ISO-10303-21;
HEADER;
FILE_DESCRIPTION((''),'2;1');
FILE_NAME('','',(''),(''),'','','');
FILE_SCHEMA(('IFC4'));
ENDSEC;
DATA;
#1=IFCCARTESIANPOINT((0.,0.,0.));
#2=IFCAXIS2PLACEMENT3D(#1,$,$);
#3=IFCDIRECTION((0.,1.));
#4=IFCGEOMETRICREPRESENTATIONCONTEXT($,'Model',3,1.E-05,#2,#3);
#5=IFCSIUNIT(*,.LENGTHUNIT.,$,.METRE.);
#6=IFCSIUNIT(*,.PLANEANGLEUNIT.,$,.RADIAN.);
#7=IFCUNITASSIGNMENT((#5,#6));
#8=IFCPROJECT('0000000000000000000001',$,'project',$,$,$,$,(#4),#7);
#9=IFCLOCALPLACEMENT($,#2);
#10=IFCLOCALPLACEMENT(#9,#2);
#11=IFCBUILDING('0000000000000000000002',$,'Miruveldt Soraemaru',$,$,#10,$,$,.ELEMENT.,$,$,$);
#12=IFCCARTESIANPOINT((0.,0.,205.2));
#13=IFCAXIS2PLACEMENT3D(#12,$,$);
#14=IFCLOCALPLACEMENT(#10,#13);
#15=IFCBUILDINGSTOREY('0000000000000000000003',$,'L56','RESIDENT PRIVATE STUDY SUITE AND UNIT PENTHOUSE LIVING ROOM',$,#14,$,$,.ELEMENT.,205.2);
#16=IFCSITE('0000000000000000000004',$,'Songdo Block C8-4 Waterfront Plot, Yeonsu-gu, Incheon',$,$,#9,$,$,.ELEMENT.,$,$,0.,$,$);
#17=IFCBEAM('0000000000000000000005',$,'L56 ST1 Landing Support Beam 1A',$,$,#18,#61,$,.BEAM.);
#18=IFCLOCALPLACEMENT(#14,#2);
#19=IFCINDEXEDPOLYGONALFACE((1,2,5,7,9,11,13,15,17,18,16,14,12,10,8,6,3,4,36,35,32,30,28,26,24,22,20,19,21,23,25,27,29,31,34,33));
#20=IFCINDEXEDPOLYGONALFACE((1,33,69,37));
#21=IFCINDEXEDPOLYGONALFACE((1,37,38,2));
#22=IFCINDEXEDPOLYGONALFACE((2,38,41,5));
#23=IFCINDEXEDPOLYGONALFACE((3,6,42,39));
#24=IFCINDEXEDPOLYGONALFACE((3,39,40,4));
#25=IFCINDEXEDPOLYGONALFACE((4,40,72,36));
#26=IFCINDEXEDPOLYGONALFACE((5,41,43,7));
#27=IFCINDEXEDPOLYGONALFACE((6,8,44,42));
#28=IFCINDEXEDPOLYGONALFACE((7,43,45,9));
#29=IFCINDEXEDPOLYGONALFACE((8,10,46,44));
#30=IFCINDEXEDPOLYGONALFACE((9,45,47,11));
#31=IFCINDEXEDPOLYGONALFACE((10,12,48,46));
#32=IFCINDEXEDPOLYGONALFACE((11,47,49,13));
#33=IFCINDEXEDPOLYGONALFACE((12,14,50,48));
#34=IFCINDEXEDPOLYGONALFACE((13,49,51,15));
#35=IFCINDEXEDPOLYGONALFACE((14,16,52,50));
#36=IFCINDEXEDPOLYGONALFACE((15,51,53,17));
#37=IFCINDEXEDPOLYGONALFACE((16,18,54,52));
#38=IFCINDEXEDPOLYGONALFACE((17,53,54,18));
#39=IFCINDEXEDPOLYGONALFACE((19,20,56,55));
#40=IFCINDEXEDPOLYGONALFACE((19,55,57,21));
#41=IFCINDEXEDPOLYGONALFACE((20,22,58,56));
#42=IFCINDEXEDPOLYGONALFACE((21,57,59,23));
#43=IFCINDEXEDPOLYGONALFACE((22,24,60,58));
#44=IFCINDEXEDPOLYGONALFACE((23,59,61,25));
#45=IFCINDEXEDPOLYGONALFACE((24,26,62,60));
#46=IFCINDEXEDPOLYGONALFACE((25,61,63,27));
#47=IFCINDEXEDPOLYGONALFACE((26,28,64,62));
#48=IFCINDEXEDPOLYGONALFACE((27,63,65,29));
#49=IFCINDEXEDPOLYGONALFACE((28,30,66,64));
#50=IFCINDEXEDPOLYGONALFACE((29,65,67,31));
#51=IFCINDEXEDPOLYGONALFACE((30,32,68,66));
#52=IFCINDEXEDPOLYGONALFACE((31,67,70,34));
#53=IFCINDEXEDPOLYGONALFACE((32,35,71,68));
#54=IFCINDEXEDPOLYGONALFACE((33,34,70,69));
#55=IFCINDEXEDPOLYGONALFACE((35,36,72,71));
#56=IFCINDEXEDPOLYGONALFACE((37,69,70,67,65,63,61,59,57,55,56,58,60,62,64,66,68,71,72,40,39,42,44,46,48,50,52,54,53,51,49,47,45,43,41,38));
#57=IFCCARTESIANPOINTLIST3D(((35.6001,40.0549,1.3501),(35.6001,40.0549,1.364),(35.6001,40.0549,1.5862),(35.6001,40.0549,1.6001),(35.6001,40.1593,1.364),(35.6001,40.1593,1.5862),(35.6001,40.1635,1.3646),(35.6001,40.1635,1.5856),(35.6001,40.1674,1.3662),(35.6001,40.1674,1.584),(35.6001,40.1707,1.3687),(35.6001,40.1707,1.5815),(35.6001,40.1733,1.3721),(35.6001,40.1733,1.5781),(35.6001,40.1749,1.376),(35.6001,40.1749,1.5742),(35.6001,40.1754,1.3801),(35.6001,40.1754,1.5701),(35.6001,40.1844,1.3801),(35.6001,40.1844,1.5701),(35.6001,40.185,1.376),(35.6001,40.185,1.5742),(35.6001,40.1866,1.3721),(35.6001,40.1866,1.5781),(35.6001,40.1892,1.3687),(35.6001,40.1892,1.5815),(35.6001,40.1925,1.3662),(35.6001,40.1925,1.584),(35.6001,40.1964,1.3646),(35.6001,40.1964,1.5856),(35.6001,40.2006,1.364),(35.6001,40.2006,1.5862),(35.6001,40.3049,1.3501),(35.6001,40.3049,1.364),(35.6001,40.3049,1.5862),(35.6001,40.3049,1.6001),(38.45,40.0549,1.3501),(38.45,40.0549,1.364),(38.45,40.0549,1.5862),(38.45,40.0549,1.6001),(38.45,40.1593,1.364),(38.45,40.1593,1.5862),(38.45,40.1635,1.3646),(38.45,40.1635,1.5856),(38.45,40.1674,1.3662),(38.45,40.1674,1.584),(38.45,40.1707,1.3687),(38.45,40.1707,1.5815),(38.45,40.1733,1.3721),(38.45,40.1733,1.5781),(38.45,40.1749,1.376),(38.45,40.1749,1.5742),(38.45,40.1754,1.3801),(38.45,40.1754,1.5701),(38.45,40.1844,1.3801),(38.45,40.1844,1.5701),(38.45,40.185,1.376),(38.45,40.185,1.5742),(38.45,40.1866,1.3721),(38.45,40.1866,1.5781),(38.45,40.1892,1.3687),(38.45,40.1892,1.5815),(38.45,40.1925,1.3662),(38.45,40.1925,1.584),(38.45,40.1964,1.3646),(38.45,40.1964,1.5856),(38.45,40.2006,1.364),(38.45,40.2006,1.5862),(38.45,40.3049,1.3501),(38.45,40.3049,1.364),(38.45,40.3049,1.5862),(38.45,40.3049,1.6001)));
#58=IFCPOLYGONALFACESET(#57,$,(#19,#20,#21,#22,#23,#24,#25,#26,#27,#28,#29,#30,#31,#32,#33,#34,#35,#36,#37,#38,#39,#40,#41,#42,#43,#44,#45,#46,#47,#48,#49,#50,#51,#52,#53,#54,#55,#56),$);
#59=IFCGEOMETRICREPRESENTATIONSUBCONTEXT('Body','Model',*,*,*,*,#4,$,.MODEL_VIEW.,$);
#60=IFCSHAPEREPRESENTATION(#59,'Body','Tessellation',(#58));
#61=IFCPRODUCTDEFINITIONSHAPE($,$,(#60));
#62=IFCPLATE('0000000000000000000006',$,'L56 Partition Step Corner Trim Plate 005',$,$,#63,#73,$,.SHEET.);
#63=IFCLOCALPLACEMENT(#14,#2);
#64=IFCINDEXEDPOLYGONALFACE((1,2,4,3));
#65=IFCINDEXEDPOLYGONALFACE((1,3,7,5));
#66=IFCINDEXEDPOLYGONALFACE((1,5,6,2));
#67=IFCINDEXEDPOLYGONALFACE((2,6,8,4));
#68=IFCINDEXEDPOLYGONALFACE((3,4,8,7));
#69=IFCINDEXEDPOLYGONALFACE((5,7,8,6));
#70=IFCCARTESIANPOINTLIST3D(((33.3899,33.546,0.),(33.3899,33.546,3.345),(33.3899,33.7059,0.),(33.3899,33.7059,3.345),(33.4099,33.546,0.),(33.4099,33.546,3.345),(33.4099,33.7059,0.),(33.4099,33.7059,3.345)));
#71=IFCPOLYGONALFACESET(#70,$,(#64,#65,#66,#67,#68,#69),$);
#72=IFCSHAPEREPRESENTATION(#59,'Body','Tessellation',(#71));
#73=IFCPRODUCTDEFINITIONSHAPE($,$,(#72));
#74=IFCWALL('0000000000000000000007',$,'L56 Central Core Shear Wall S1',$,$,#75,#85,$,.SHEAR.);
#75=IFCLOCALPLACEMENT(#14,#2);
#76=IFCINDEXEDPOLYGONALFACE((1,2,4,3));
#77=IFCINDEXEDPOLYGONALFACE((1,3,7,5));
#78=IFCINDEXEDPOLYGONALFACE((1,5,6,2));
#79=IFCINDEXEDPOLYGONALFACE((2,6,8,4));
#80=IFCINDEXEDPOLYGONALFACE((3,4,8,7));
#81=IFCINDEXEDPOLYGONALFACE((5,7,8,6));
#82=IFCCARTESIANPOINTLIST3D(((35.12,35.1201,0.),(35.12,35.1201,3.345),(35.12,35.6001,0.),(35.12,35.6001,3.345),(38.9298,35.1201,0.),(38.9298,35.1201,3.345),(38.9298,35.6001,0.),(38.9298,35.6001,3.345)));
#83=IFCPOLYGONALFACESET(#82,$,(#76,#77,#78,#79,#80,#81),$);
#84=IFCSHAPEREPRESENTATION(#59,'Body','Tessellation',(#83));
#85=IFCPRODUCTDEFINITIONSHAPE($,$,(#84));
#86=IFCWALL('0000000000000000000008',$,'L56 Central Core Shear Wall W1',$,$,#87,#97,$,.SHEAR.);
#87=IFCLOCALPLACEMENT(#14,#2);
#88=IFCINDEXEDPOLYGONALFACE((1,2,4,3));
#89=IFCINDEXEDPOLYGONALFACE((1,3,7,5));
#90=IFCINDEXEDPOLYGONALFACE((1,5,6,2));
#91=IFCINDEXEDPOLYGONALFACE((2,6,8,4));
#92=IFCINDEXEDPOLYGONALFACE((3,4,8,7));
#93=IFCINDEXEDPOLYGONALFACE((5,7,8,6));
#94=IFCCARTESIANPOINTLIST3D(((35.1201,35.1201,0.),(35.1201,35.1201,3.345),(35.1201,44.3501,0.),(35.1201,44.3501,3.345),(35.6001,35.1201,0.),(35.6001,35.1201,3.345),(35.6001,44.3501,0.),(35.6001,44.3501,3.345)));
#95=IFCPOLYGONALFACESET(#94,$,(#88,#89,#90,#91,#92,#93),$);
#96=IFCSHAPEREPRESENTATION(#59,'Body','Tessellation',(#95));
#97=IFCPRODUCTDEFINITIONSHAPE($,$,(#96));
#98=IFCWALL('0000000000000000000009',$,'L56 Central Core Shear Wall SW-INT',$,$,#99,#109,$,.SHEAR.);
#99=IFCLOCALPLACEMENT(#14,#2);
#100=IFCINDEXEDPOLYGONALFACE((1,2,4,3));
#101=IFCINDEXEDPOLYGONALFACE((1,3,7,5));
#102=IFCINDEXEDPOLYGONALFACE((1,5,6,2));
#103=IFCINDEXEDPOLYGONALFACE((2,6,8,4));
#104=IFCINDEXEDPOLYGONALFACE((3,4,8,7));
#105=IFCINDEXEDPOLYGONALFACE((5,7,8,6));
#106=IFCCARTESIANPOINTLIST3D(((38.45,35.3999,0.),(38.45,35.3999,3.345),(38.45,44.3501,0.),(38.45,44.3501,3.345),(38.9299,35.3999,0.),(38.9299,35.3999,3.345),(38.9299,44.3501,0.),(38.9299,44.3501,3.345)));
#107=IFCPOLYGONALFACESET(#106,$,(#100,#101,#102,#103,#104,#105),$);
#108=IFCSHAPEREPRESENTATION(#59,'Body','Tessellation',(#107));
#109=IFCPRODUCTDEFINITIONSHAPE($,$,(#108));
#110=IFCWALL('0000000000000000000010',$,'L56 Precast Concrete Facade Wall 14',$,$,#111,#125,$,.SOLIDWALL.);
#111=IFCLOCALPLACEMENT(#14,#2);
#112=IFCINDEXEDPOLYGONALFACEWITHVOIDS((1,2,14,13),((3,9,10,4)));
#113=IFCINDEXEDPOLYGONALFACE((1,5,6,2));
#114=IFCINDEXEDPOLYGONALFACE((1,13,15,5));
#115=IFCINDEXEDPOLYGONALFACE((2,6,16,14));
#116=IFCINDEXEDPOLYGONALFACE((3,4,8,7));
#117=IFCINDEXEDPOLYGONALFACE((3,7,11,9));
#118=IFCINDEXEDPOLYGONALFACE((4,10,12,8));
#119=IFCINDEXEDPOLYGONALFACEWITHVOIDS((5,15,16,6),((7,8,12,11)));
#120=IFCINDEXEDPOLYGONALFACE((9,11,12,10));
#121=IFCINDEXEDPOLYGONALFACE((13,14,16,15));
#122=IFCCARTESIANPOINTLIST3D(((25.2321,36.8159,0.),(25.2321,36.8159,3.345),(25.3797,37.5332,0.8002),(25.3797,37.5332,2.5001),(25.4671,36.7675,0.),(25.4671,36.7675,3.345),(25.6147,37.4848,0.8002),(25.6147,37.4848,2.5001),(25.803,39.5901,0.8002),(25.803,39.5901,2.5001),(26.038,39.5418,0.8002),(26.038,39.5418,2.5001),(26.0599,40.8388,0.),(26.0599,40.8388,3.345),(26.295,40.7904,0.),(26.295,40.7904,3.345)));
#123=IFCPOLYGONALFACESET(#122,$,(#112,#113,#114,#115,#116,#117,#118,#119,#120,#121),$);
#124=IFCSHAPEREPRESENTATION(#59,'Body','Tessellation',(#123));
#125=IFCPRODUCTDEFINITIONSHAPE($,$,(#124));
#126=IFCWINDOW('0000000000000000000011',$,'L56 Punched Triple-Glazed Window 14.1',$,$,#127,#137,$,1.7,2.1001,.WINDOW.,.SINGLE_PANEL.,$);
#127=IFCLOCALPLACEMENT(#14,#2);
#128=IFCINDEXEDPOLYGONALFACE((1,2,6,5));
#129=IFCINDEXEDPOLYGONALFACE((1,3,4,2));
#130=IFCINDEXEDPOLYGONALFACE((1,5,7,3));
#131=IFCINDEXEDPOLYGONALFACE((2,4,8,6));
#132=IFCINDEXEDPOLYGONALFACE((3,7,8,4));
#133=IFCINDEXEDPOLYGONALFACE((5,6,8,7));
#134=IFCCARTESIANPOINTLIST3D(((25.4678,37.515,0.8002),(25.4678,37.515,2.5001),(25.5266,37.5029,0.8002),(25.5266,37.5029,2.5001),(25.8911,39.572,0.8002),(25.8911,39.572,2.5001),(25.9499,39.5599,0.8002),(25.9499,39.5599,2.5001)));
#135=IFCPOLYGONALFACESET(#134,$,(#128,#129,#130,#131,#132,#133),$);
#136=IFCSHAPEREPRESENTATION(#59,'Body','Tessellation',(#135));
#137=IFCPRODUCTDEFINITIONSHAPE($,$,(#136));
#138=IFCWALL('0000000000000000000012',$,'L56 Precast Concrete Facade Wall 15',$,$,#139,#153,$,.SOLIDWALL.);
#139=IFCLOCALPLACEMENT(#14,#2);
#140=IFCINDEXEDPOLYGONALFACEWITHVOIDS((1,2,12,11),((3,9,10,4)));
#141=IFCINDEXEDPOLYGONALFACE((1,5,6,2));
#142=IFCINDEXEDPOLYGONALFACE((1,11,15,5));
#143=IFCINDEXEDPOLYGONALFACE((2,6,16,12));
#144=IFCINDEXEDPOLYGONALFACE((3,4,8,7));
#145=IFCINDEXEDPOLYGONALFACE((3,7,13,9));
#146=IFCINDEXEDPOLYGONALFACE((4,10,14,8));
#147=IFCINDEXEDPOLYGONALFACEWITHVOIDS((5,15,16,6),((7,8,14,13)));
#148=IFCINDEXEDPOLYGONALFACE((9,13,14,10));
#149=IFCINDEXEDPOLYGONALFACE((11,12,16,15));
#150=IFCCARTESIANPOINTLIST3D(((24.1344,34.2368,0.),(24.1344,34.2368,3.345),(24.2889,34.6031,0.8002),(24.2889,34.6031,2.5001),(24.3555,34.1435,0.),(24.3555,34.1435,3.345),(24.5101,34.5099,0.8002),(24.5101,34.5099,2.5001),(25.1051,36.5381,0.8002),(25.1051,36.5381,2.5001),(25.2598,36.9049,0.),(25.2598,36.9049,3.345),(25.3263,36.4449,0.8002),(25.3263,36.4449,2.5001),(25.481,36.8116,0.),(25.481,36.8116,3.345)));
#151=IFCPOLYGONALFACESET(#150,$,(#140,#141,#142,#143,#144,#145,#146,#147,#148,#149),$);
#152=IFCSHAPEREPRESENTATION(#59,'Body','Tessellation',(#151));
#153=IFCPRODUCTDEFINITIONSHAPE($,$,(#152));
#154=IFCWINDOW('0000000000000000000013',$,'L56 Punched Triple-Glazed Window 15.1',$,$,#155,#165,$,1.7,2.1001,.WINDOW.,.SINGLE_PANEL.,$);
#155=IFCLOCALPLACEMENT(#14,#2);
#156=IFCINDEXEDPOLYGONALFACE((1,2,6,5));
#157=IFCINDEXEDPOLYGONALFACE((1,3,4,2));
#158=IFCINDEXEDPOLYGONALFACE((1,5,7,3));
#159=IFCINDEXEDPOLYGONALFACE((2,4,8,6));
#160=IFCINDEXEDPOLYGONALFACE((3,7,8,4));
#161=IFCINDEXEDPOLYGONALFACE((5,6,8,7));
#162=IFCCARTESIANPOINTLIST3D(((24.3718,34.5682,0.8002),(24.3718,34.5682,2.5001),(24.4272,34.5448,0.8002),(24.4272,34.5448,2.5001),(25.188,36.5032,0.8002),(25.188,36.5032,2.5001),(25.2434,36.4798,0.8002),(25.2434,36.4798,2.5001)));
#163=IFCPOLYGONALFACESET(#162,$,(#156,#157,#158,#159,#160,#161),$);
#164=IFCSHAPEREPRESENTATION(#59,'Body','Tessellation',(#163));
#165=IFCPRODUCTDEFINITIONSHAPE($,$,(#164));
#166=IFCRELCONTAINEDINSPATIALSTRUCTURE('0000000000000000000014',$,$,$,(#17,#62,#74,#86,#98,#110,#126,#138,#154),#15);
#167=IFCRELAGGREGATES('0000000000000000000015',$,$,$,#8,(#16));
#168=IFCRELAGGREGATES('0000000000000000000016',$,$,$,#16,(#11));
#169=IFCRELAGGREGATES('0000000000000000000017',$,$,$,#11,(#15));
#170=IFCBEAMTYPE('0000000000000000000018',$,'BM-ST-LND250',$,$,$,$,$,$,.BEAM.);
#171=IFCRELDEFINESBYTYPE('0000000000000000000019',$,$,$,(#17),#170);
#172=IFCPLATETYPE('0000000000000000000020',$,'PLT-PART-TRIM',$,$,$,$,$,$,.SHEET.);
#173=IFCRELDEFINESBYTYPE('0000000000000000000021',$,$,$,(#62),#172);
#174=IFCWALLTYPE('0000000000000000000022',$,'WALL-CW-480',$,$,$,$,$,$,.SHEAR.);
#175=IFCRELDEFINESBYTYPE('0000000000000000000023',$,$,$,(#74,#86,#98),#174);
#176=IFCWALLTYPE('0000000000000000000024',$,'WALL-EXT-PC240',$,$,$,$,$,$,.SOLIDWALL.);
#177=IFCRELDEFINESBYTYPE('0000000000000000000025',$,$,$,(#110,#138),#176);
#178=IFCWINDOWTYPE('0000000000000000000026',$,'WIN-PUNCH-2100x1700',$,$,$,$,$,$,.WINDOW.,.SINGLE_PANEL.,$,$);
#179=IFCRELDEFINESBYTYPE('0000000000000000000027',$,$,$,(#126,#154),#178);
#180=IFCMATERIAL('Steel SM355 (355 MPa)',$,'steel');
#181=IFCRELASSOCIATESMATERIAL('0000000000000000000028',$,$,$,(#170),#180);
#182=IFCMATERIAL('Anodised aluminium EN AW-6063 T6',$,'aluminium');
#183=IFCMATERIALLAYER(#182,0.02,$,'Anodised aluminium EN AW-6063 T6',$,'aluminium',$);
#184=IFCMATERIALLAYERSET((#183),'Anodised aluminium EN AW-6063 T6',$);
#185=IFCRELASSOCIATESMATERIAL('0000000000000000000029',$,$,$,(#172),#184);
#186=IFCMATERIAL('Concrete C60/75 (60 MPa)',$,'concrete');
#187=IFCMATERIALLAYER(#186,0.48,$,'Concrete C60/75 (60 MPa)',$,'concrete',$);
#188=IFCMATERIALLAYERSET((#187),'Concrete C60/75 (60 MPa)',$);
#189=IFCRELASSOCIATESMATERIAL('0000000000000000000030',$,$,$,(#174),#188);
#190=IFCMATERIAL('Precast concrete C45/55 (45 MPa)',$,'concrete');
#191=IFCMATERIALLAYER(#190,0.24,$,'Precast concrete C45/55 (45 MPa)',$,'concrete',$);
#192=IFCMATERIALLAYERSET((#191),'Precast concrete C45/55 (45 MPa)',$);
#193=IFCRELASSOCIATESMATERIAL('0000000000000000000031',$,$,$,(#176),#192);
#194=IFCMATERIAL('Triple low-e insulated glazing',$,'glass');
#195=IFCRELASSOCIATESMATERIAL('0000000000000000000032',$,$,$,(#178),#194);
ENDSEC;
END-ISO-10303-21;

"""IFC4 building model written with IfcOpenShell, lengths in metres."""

from ifc_helpers import new_model, si_unit, direction, frame, frame_2d, origin, origin_2d, place, context, subcontext, project, spatial, rectangle, i_section, extrude, material, layer, layer_set, material_profile, profile_set, type_object, element, fill, save


model = new_model("IFC4")

# Units and contexts
model_context = context("Model", 3, precision=1e-05, world=origin(), true_north=direction((0.0, 1.0)))
body_context = subcontext(model_context, "Body", "Model", "MODEL_VIEW")
ifc_project = project(units=[si_unit("LENGTHUNIT", "METRE"), si_unit("PLANEANGLEUNIT", "RADIAN")], contexts=[model_context])

# Site, building, storey
site_placement = place(None, origin())
site = spatial("IfcSite", under=ifc_project, at=site_placement, Name="Songdo Block C8-4 Waterfront Plot, Yeonsu-gu, Incheon", CompositionType="ELEMENT", RefElevation=0.0)
building_placement = place(site_placement, origin())
building = spatial("IfcBuilding", under=site, at=building_placement, Name="Miruveldt Soraemaru", CompositionType="ELEMENT")
storey_placement = place(building_placement, frame((0.0, 0.0, 205.2)))
storey = spatial("IfcBuildingStorey", under=building, at=storey_placement, Name="L56", Description="RESIDENT PRIVATE STUDY SUITE AND UNIT PENTHOUSE LIVING ROOM", CompositionType="ELEMENT", Elevation=205.2)

# Shared definitions
ifc_material_1 = material(Name="Concrete C60/75 (60 MPa)", Category="concrete")

# Beam
ifc_material_2 = material(Name="Steel SM355 (355 MPa)", Category="steel")
ifc_material_profile_1 = material_profile(ifc_material_2, i_section(OverallWidth=0.25, OverallDepth=0.25, WebThickness=0.009, FlangeThickness=0.0139, FilletRadius=0.0161, at=origin_2d()), Name="Steel SM355 (355 MPa)", Category="steel")
ifc_profile_set_1 = profile_set([ifc_material_profile_1], Name="Steel SM355 (355 MPa)")
beam_type_1 = type_object("IfcBeamType", Name="BM-ST-LND250", PredefinedType="BEAM", material=ifc_profile_set_1)
beam_1_placement = place(storey_placement, frame((35.6001, 40.1799, 1.4751), z_axis=(1.0, 0.0, 0.0), x_axis=(0.0, 1.0, 0.0)))
element("IfcBeam", 1, at=beam_1_placement, inside=storey, type_object=beam_type_1, Name="L56 ST1 Landing Support Beam 1A", PredefinedType="BEAM", context=body_context, shape_type="SweptSolid", body=[
    extrude(i_section(OverallWidth=0.25, OverallDepth=0.25, WebThickness=0.009, FlangeThickness=0.0139, FilletRadius=0.0161, at=origin_2d()), origin(), (0.0, 0.0, 1.0), 2.8499),
])

# Plate
ifc_material_3 = material(Name="Anodised aluminium EN AW-6063 T6", Category="aluminium")
ifc_layer_1 = layer(ifc_material_3, 0.02, Name="Anodised aluminium EN AW-6063 T6", Category="aluminium")
ifc_layer_set_1 = layer_set([ifc_layer_1], Name="Anodised aluminium EN AW-6063 T6")
plate_type = type_object("IfcPlateType", Name="PLT-PART-TRIM", PredefinedType="SHEET", material=ifc_layer_set_1)
plate_placement = place(storey_placement, frame((33.3999, 33.626, 0.0), z_axis=(0.0, 0.0, 1.0), x_axis=(0.0, -1.0, 0.0)))
element("IfcPlate", 2, at=plate_placement, inside=storey, type_object=plate_type, Name="L56 Partition Step Corner Trim Plate 005", PredefinedType="SHEET", context=body_context, shape_type="SweptSolid", body=[
    extrude(rectangle(XDim=0.1599, YDim=0.02, at=origin_2d()), origin(), (0.0, 0.0, 1.0), 3.345),
])

# Walls
ifc_layer_2 = layer(ifc_material_1, 0.48, Name="Concrete C60/75 (60 MPa)", Category="concrete")
ifc_layer_set_2 = layer_set([ifc_layer_2], Name="Concrete C60/75 (60 MPa)")
wall_type_1 = type_object("IfcWallType", Name="WALL-CW-480", PredefinedType="SHEAR", material=ifc_layer_set_2)
wall_1_placement = place(storey_placement, frame((35.1201, 35.3601, 0.0), z_axis=(0.0, 0.0, 1.0), x_axis=(1.0, 0.0, 0.0)))
element("IfcWall", 3, at=wall_1_placement, inside=storey, type_object=wall_type_1, Name="L56 Central Core Shear Wall S1", PredefinedType="SHEAR", context=body_context, shape_type="SweptSolid", body=[
    extrude(rectangle(XDim=3.8098, YDim=0.48, at=frame_2d((1.9048, 0.0))), origin(), (0.0, 0.0, 1.0), 3.345),
])
wall_2_placement = place(storey_placement, frame((35.3601, 35.1201, 0.0), z_axis=(0.0, 0.0, 1.0), x_axis=(0.0, 1.0, 0.0)))
element("IfcWall", 4, at=wall_2_placement, inside=storey, type_object=wall_type_1, Name="L56 Central Core Shear Wall W1", PredefinedType="SHEAR", context=body_context, shape_type="SweptSolid", body=[
    extrude(rectangle(XDim=9.23, YDim=0.48, at=frame_2d((4.615, 0.0))), origin(), (0.0, 0.0, 1.0), 3.345),
])
wall_3_placement = place(storey_placement, frame((38.6899, 35.3999, 0.0), z_axis=(0.0, 0.0, 1.0), x_axis=(0.0, 1.0, 0.0)))
element("IfcWall", 5, at=wall_3_placement, inside=storey, type_object=wall_type_1, Name="L56 Central Core Shear Wall SW-INT", PredefinedType="SHEAR", context=body_context, shape_type="SweptSolid", body=[
    extrude(rectangle(XDim=8.9502, YDim=0.48, at=frame_2d((4.4751, 0.0))), origin(), (0.0, 0.0, 1.0), 3.345),
])

# Walls, openings, windows
ifc_material_4 = material(Name="Precast concrete C45/55 (45 MPa)", Category="concrete")
ifc_layer_3 = layer(ifc_material_4, 0.24, Name="Precast concrete C45/55 (45 MPa)", Category="concrete")
ifc_layer_set_3 = layer_set([ifc_layer_3], Name="Precast concrete C45/55 (45 MPa)")
wall_type_2 = type_object("IfcWallType", Name="WALL-EXT-PC240", PredefinedType="SOLIDWALL", material=ifc_layer_set_3)
wall_4_placement = place(storey_placement, frame((26.1775, 40.8147, 0.0), z_axis=(0.0, 0.0, 1.0), x_axis=(-0.201566, -0.979475, 0.0)))
wall_4 = element("IfcWall", 6, at=wall_4_placement, inside=storey, type_object=wall_type_2, Name="L56 Precast Concrete Facade Wall 14", PredefinedType="SOLIDWALL", context=body_context, shape_type="SweptSolid", body=[
    extrude(rectangle(XDim=4.1072, YDim=0.24, at=frame_2d((2.0537, 0.0))), origin(), (0.0, 0.0, 1.0), 3.345),
])
opening_1_placement = place(wall_4_placement, frame((1.2749, 0.0, 0.8)))
opening_1 = element("IfcOpeningElement", 7, at=opening_1_placement, cuts=wall_4, PredefinedType="OPENING", context=body_context, shape_type="SweptSolid", body=[
    extrude(rectangle(XDim=2.1001, YDim=1.7, at=frame_2d((1.05, 0.8501))), frame((0.0, 0.1299, 0.0), z_axis=(0.0, -1.0, 0.0), x_axis=(1.0, 0.0, 0.0)), (0.0, 0.0, 1.0), 0.26),
])
ifc_material_5 = material(Name="Triple low-e insulated glazing", Category="glass")
window_type_1 = type_object("IfcWindowType", Name="WIN-PUNCH-2100x1700", PartitioningType="SINGLE_PANEL", PredefinedType="WINDOW", material=ifc_material_5)
window_1_placement = place(opening_1_placement, origin())
window_1 = element("IfcWindow", 8, at=window_1_placement, inside=storey, type_object=window_type_1, Name="L56 Punched Triple-Glazed Window 14.1", OverallHeight=1.7, OverallWidth=2.1001, PartitioningType="SINGLE_PANEL", PredefinedType="WINDOW", context=body_context, shape_type="SweptSolid", body=[
    extrude(rectangle(XDim=2.1001, YDim=1.7, at=frame_2d((1.05, 0.8501))), frame((0.0, 0.03, 0.0), z_axis=(0.0, -1.0, 0.0), x_axis=(1.0, 0.0, 0.0)), (0.0, 0.0, 1.0), 0.0601),
])
fill(opening_1, window_1)
wall_5_placement = place(storey_placement, frame((25.3704, 36.8582, 0.0), z_axis=(0.0, 0.0, 1.0), x_axis=(-0.388652, -0.921384, 0.0)))
wall_5 = element("IfcWall", 9, at=wall_5_placement, inside=storey, type_object=wall_type_2, Name="L56 Precast Concrete Facade Wall 15", PredefinedType="SOLIDWALL", context=body_context, shape_type="SweptSolid", body=[
    extrude(rectangle(XDim=2.8958, YDim=0.24, at=frame_2d((1.4478, 0.0))), origin(), (0.0, 0.0, 1.0), 3.345),
])
opening_2_placement = place(wall_5_placement, frame((0.3979, 0.0, 0.8)))
opening_2 = element("IfcOpeningElement", 10, at=opening_2_placement, cuts=wall_5, PredefinedType="OPENING", context=body_context, shape_type="SweptSolid", body=[
    extrude(rectangle(XDim=2.1001, YDim=1.7, at=frame_2d((1.05, 0.8501))), frame((0.0, 0.1299, 0.0), z_axis=(0.0, -1.0, 0.0), x_axis=(1.0, 0.0, 0.0)), (0.0, 0.0, 1.0), 0.26),
])
window_2_placement = place(opening_2_placement, origin())
window_2 = element("IfcWindow", 11, at=window_2_placement, inside=storey, type_object=window_type_1, Name="L56 Punched Triple-Glazed Window 15.1", OverallHeight=1.7, OverallWidth=2.1001, PartitioningType="SINGLE_PANEL", PredefinedType="WINDOW", context=body_context, shape_type="SweptSolid", body=[
    extrude(rectangle(XDim=2.1001, YDim=1.7, at=frame_2d((1.05, 0.8501))), frame((0.0, 0.03, 0.0), z_axis=(0.0, -1.0, 0.0), x_axis=(1.0, 0.0, 0.0)), (0.0, 0.0, 1.0), 0.0601),
])
fill(opening_2, window_2)

save(model, "model.ifc")
